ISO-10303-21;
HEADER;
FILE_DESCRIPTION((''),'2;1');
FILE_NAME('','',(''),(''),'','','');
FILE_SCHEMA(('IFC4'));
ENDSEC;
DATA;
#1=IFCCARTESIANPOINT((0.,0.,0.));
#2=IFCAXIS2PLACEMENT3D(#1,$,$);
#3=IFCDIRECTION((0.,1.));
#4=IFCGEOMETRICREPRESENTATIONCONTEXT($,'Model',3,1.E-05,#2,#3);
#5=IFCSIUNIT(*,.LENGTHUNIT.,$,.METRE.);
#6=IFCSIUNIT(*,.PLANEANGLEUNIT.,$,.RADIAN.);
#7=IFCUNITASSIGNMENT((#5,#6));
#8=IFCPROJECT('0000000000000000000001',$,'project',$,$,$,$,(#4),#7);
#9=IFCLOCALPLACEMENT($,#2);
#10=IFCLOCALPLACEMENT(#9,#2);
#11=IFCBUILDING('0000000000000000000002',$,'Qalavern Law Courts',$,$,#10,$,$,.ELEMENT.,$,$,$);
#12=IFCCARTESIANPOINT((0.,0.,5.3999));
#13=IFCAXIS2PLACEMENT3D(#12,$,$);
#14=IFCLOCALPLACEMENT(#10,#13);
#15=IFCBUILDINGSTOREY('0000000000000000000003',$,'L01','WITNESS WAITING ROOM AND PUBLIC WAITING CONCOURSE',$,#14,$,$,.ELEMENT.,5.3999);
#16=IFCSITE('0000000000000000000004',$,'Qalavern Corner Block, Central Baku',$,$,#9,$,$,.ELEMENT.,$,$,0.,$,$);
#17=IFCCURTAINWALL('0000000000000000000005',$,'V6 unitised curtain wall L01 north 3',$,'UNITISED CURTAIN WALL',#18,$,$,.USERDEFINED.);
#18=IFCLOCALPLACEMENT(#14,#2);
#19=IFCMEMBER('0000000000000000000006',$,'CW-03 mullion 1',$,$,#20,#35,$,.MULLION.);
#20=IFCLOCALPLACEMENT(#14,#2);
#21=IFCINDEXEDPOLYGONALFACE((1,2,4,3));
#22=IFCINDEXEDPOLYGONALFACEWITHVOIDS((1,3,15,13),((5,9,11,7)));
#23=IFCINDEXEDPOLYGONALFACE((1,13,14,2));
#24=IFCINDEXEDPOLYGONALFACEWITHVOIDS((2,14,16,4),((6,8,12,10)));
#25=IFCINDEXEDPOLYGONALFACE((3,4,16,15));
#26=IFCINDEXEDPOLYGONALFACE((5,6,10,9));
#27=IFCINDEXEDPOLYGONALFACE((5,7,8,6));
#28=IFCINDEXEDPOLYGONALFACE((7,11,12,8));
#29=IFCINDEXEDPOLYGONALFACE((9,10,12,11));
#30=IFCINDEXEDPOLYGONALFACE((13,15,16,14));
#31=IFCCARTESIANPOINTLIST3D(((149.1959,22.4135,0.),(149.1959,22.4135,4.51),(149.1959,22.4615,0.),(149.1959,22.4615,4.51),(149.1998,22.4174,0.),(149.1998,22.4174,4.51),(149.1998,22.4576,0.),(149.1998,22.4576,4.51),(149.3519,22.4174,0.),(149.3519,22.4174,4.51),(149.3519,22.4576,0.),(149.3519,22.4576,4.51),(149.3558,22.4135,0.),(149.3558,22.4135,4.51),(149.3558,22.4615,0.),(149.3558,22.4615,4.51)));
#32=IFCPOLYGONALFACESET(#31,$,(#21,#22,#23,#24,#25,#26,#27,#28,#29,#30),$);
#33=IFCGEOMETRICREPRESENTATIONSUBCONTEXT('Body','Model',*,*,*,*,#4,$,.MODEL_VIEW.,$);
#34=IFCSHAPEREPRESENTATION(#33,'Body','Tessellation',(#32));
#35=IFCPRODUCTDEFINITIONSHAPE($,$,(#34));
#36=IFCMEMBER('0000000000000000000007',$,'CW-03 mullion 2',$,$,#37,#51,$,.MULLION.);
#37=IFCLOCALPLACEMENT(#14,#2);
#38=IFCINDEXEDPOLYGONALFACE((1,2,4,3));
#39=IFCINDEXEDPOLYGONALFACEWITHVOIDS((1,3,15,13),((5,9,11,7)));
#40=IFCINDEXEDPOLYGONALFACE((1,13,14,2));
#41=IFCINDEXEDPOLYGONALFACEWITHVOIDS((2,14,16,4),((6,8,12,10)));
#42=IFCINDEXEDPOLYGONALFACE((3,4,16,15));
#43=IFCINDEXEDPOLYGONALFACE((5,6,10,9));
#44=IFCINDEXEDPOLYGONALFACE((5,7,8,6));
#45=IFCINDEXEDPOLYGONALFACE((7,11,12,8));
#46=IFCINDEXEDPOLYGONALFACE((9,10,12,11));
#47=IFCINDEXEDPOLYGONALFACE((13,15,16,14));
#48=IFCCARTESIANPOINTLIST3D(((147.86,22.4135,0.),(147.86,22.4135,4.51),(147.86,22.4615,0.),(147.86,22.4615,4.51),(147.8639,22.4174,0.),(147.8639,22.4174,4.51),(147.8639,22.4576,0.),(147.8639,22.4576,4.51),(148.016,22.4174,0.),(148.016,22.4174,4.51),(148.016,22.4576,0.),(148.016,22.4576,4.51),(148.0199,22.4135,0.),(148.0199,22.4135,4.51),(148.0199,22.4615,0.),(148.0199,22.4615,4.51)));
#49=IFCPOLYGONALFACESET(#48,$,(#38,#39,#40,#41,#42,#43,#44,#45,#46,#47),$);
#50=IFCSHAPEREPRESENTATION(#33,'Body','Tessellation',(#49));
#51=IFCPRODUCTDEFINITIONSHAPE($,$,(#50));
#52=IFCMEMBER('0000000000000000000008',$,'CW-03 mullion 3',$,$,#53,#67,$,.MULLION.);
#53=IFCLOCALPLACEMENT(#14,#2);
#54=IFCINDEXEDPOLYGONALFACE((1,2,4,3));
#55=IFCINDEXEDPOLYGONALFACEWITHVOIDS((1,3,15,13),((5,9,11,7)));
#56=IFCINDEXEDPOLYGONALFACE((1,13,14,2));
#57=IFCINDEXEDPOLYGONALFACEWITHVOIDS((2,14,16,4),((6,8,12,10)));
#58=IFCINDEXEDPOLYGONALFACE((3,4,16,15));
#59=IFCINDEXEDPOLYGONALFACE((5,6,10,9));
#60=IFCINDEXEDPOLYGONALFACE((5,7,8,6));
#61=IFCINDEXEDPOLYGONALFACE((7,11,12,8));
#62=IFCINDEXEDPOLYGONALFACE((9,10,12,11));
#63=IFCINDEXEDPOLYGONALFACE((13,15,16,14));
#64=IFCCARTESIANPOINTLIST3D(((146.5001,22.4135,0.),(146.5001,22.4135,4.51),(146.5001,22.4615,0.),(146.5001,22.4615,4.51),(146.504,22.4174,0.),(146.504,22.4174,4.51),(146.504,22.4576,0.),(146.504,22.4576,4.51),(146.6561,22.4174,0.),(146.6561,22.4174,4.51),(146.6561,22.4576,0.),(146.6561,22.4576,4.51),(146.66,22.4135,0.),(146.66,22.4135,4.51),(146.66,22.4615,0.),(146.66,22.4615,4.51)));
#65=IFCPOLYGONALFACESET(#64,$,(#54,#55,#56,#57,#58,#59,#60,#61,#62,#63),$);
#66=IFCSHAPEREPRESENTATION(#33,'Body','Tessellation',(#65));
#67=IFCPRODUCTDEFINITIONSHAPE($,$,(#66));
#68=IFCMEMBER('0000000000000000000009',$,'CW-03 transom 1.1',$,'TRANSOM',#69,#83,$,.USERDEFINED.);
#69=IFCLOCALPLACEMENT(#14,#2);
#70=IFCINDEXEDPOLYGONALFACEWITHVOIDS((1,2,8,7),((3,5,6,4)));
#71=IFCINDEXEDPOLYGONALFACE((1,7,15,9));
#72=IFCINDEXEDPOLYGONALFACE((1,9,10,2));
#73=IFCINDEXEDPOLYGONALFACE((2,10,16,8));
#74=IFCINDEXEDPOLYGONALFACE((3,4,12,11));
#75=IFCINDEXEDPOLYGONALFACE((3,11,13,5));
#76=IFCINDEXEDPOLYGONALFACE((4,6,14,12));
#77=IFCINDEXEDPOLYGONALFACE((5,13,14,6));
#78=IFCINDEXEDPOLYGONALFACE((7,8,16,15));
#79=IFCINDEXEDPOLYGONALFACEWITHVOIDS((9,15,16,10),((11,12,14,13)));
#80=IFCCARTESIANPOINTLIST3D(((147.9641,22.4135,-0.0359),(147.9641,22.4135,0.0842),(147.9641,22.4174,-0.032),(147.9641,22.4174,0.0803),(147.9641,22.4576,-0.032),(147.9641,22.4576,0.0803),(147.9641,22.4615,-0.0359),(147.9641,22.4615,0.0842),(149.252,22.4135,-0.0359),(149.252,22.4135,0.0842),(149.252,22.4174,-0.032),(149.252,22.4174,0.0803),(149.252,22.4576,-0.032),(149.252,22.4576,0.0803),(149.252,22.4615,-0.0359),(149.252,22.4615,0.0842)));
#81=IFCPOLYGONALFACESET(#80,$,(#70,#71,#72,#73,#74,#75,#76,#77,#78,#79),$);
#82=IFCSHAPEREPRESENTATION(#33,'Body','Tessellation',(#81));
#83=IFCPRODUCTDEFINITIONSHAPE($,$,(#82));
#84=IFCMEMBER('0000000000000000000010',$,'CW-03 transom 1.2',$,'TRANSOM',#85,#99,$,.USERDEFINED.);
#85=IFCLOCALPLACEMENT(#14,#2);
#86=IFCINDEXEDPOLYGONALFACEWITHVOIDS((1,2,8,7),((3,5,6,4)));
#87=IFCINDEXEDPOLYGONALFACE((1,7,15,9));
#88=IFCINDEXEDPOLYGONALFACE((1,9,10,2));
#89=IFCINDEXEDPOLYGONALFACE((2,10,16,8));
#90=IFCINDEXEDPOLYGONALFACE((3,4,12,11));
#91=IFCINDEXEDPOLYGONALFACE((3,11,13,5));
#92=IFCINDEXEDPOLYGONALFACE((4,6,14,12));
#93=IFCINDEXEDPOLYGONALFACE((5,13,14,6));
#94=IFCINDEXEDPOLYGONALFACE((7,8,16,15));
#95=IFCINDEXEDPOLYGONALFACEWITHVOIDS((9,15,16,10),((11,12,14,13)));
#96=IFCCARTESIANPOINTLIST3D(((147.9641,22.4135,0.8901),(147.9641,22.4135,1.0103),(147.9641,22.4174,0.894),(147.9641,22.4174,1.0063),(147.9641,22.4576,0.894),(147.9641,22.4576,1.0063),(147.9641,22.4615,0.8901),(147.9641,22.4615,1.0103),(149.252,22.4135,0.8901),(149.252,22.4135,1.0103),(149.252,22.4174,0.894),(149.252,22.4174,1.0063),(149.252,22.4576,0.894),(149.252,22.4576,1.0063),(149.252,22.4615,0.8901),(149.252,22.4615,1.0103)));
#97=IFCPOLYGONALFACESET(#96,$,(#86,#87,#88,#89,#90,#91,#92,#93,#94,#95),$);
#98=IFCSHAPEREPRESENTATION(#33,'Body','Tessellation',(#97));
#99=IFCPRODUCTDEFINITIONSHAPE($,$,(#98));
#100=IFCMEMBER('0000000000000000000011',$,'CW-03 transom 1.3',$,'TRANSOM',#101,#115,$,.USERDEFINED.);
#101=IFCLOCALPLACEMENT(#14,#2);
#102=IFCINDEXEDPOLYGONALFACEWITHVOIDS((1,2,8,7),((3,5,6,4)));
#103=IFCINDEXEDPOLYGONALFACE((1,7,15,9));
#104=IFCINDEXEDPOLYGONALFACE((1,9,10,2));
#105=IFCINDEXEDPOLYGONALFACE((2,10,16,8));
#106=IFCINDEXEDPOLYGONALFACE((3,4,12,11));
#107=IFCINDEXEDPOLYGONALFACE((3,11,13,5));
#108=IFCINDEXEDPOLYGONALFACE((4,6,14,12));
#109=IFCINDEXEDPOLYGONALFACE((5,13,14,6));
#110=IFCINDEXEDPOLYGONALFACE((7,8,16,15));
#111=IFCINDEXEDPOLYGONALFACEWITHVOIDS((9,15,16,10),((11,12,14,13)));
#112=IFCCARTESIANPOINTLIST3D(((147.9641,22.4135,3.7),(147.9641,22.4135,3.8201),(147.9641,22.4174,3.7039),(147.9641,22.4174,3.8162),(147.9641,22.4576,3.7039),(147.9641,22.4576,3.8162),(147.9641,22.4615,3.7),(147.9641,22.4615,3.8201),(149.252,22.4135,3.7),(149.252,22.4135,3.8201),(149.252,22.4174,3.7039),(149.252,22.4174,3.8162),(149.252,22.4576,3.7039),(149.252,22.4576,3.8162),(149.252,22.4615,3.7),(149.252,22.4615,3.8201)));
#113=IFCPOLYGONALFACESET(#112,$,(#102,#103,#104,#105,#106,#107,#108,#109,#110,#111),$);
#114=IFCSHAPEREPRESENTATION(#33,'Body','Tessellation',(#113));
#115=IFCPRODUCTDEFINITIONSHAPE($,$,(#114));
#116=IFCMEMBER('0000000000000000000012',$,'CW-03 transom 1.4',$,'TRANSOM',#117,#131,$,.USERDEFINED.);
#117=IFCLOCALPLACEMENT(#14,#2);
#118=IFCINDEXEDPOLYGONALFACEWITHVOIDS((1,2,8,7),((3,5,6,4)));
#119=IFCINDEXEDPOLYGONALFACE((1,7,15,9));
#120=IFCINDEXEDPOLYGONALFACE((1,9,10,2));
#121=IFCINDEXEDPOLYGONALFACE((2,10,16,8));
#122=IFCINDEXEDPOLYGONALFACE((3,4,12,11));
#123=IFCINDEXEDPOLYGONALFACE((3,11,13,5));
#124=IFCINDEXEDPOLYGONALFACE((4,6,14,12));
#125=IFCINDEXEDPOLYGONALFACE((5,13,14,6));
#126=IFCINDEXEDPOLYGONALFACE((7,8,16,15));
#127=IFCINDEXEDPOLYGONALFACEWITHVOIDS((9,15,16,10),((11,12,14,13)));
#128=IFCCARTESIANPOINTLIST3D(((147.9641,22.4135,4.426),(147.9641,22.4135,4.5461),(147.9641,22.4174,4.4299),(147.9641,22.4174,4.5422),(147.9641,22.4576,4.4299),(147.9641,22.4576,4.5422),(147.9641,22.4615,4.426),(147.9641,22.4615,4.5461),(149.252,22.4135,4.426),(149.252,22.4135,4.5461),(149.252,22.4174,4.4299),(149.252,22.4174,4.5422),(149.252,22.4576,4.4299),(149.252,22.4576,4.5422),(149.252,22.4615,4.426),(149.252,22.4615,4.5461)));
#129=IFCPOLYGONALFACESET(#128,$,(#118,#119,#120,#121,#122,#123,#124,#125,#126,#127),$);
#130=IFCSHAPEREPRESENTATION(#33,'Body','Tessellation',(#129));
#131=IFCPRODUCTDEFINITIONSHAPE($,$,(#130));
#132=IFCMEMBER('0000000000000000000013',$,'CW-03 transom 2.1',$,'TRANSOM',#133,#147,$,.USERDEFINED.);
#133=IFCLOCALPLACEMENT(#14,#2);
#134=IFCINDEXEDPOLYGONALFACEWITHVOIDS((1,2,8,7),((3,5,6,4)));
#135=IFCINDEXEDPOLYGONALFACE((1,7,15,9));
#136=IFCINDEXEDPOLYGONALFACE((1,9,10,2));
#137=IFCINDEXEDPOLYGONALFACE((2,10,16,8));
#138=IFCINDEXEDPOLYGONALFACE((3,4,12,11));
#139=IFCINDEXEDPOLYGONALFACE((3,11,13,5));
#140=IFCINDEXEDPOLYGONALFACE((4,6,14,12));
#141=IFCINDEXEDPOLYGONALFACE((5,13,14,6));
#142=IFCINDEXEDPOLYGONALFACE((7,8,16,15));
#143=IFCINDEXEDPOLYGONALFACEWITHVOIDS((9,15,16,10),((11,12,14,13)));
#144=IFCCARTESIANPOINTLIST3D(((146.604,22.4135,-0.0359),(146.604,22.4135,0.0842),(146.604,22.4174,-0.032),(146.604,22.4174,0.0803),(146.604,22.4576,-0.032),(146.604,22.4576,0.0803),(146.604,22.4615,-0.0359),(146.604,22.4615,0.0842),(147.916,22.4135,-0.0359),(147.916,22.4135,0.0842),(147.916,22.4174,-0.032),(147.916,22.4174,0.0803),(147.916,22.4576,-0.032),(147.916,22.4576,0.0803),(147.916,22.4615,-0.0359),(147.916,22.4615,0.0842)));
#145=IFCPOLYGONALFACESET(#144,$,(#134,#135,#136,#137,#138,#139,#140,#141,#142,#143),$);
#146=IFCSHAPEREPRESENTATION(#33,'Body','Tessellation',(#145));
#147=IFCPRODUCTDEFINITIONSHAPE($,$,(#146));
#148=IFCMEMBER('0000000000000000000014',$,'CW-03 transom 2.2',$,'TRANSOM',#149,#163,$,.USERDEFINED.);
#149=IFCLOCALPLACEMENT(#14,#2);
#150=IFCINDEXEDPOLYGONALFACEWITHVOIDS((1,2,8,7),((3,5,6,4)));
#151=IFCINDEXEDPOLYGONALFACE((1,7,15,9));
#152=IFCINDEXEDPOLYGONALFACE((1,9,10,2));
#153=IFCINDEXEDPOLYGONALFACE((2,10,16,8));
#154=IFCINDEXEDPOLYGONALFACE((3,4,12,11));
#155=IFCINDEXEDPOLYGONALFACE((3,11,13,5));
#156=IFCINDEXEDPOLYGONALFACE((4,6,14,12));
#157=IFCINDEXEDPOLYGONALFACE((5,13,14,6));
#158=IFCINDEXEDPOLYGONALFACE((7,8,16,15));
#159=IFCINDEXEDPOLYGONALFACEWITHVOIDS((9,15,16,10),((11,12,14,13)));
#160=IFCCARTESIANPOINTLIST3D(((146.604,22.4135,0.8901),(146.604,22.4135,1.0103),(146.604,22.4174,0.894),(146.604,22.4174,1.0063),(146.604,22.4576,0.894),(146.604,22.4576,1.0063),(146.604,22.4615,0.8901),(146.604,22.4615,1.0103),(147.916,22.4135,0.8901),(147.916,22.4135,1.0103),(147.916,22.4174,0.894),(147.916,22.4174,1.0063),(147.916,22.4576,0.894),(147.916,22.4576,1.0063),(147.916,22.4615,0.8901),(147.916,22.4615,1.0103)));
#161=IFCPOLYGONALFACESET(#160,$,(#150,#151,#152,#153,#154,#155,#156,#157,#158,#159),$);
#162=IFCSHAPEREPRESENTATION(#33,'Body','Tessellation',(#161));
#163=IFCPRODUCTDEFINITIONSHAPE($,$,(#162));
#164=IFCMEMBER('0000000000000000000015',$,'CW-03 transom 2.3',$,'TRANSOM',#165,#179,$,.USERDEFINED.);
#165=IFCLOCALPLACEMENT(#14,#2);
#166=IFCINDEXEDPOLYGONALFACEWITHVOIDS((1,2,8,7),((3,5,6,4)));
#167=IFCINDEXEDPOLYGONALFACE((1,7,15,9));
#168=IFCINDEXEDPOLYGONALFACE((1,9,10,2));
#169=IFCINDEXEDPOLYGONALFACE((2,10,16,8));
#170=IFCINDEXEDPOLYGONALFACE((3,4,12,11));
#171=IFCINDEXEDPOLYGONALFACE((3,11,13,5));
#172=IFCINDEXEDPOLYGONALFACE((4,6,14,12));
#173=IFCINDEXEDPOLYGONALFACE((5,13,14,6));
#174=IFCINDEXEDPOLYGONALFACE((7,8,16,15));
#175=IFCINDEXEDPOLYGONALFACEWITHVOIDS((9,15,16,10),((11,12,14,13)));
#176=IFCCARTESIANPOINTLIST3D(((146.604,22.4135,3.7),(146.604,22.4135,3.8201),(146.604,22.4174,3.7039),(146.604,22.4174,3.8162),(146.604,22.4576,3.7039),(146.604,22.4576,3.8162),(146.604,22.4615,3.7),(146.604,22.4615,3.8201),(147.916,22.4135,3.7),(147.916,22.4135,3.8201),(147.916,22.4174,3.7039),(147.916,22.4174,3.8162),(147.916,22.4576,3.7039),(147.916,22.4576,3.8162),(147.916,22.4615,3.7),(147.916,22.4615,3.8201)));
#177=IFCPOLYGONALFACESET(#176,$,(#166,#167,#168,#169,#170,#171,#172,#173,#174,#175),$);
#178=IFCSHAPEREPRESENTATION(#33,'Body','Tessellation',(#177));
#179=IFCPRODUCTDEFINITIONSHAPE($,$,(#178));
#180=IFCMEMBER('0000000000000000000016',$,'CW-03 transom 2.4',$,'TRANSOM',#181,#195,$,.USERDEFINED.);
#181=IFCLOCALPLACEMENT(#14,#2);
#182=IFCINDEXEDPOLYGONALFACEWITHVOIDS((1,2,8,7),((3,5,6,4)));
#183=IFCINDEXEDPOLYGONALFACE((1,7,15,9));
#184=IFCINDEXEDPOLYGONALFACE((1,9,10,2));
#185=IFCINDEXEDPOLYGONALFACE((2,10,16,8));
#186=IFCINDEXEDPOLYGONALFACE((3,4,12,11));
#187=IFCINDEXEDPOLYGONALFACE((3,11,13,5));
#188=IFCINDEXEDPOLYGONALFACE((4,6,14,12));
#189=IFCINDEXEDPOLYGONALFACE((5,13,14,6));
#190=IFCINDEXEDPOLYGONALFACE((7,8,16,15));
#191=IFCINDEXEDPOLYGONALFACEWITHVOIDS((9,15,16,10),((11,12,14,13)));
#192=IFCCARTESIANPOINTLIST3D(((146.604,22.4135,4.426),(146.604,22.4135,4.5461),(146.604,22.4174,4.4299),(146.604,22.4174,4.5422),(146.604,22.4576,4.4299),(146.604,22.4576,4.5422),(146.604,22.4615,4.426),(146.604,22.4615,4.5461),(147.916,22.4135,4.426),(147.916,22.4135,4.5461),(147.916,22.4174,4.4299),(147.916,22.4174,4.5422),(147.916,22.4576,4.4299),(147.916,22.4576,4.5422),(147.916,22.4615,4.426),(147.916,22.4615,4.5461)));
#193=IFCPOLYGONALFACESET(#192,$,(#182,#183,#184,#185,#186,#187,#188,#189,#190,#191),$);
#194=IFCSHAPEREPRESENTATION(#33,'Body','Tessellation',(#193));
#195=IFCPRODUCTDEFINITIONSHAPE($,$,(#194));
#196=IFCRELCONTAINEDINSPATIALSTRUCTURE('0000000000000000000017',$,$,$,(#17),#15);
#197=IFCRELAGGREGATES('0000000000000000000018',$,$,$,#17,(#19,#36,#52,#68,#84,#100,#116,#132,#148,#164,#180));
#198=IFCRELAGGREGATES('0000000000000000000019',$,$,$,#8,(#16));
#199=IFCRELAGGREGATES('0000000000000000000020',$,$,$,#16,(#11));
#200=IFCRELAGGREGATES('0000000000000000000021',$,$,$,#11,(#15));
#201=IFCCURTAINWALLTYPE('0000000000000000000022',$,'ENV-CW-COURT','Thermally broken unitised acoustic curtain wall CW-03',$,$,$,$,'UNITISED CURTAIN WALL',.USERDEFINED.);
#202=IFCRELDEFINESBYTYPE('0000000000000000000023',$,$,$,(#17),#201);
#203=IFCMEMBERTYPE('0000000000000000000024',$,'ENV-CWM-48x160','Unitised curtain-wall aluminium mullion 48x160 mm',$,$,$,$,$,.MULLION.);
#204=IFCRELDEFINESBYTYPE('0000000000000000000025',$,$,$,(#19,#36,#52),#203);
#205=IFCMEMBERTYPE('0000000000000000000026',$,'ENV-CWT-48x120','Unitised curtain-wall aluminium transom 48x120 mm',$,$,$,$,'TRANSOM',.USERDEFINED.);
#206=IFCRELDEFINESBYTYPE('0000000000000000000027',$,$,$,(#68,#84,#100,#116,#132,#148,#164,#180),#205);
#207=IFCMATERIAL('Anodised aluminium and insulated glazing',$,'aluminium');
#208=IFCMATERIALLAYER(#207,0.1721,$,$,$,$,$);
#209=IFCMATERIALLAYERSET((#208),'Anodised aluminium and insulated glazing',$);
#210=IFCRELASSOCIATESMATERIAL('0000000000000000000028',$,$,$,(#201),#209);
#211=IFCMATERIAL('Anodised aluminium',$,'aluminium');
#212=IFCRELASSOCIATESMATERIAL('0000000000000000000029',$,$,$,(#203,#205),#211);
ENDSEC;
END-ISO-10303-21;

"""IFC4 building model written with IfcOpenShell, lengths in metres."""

from ifc_helpers import new_model, si_unit, direction, frame, origin, origin_2d, place, context, subcontext, project, spatial, hollow_rectangle, extrude, material, layer, layer_set, material_profile, profile_set, type_object, element, aggregate, save


model = new_model("IFC4")

# Units and contexts
model_context = context("Model", 3, precision=1e-05, world=origin(), true_north=direction((0.0, 1.0)))
body_context = subcontext(model_context, "Body", "Model", "MODEL_VIEW")
ifc_project = project(units=[si_unit("LENGTHUNIT", "METRE"), si_unit("PLANEANGLEUNIT", "RADIAN")], contexts=[model_context])

# Site, building, storey
site_placement = place(None, origin())
site = spatial("IfcSite", under=ifc_project, at=site_placement, Name="Qalavern Corner Block, Central Baku", CompositionType="ELEMENT", RefElevation=0.0)
building_placement = place(site_placement, origin())
building = spatial("IfcBuilding", under=site, at=building_placement, Name="Qalavern Law Courts", CompositionType="ELEMENT")
storey_placement = place(building_placement, frame((0.0, 0.0, 5.3999)))
storey = spatial("IfcBuildingStorey", under=building, at=storey_placement, Name="L01", Description="WITNESS WAITING ROOM AND PUBLIC WAITING CONCOURSE", CompositionType="ELEMENT", Elevation=5.3999)

# Curtain wall, members
ifc_material_1 = material(Name="Anodised aluminium and insulated glazing", Category="aluminium")
ifc_layer_1 = layer(ifc_material_1, 0.1721)
ifc_layer_set_1 = layer_set([ifc_layer_1], Name="Anodised aluminium and insulated glazing")
curtain_wall_type = type_object("IfcCurtainWallType", Name="ENV-CW-COURT", Description="Thermally broken unitised acoustic curtain wall CW-03", ElementType="UNITISED CURTAIN WALL", PredefinedType="USERDEFINED", material=ifc_layer_set_1)
curtain_wall_placement = place(storey_placement, origin())
curtain_wall = element("IfcCurtainWall", 1, at=curtain_wall_placement, inside=storey, type_object=curtain_wall_type, Name="V6 unitised curtain wall L01 north 3", ObjectType="UNITISED CURTAIN WALL", PredefinedType="USERDEFINED")
ifc_material_2 = material(Name="Anodised aluminium", Category="aluminium")
ifc_material_profile_1 = material_profile(ifc_material_2, hollow_rectangle(XDim=0.0481, YDim=0.1599, WallThickness=0.0039, at=origin_2d()), Name="ALU MULLION 48x160")
ifc_profile_set_1 = profile_set([ifc_material_profile_1], Name="Anodised aluminium")
member_type_1 = type_object("IfcMemberType", Name="ENV-CWM-48x160", Description="Unitised curtain-wall aluminium mullion 48x160 mm", PredefinedType="MULLION", material=ifc_profile_set_1)
member_1_placement = place(storey_placement, frame((149.2759, 22.4375, 0.0), z_axis=(0.0, 0.0, 1.0), x_axis=(0.0, -1.0, 0.0)))
member_1 = element("IfcMember", 2, at=member_1_placement, type_object=member_type_1, Name="CW-03 mullion 1", PredefinedType="MULLION", context=body_context, shape_type="SweptSolid", body=[
    extrude(hollow_rectangle(XDim=0.0481, YDim=0.1599, WallThickness=0.0039, at=origin_2d()), origin(), (0.0, 0.0, 1.0), 4.51),
])
member_2_placement = place(storey_placement, frame((147.9399, 22.4375, 0.0), z_axis=(0.0, 0.0, 1.0), x_axis=(0.0, -1.0, 0.0)))
member_2 = element("IfcMember", 3, at=member_2_placement, type_object=member_type_1, Name="CW-03 mullion 2", PredefinedType="MULLION", context=body_context, shape_type="SweptSolid", body=[
    extrude(hollow_rectangle(XDim=0.0481, YDim=0.1599, WallThickness=0.0039, at=origin_2d()), origin(), (0.0, 0.0, 1.0), 4.51),
])
member_3_placement = place(storey_placement, frame((146.5801, 22.4375, 0.0), z_axis=(0.0, 0.0, 1.0), x_axis=(0.0, -1.0, 0.0)))
member_3 = element("IfcMember", 4, at=member_3_placement, type_object=member_type_1, Name="CW-03 mullion 3", PredefinedType="MULLION", context=body_context, shape_type="SweptSolid", body=[
    extrude(hollow_rectangle(XDim=0.0481, YDim=0.1599, WallThickness=0.0039, at=origin_2d()), origin(), (0.0, 0.0, 1.0), 4.51),
])
ifc_material_profile_2 = material_profile(ifc_material_2, hollow_rectangle(XDim=0.0481, YDim=0.1201, WallThickness=0.0039, at=origin_2d()), Name="ALU TRANSOM 48x120")
ifc_profile_set_2 = profile_set([ifc_material_profile_2], Name="Anodised aluminium")
member_type_2 = type_object("IfcMemberType", Name="ENV-CWT-48x120", Description="Unitised curtain-wall aluminium transom 48x120 mm", ElementType="TRANSOM", PredefinedType="USERDEFINED", material=ifc_profile_set_2)
member_4_placement = place(storey_placement, frame((149.252, 22.4375, 0.0242), z_axis=(-1.0, 0.0, 0.0), x_axis=(0.0, -1.0, 0.0)))
member_4 = element("IfcMember", 5, at=member_4_placement, type_object=member_type_2, Name="CW-03 transom 1.1", ObjectType="TRANSOM", PredefinedType="USERDEFINED", context=body_context, shape_type="SweptSolid", body=[
    extrude(hollow_rectangle(XDim=0.0481, YDim=0.1201, WallThickness=0.0039, at=origin_2d()), origin(), (0.0, 0.0, 1.0), 1.2878),
])
member_5_placement = place(storey_placement, frame((149.252, 22.4375, 0.9502), z_axis=(-1.0, 0.0, 0.0), x_axis=(0.0, -1.0, 0.0)))
member_5 = element("IfcMember", 6, at=member_5_placement, type_object=member_type_2, Name="CW-03 transom 1.2", ObjectType="TRANSOM", PredefinedType="USERDEFINED", context=body_context, shape_type="SweptSolid", body=[
    extrude(hollow_rectangle(XDim=0.0481, YDim=0.1201, WallThickness=0.0039, at=origin_2d()), origin(), (0.0, 0.0, 1.0), 1.2878),
])
member_6_placement = place(storey_placement, frame((149.252, 22.4375, 3.76), z_axis=(-1.0, 0.0, 0.0), x_axis=(0.0, -1.0, 0.0)))
member_6 = element("IfcMember", 7, at=member_6_placement, type_object=member_type_2, Name="CW-03 transom 1.3", ObjectType="TRANSOM", PredefinedType="USERDEFINED", context=body_context, shape_type="SweptSolid", body=[
    extrude(hollow_rectangle(XDim=0.0481, YDim=0.1201, WallThickness=0.0039, at=origin_2d()), origin(), (0.0, 0.0, 1.0), 1.2878),
])
member_7_placement = place(storey_placement, frame((149.252, 22.4375, 4.4861), z_axis=(-1.0, 0.0, 0.0), x_axis=(0.0, -1.0, 0.0)))
member_7 = element("IfcMember", 8, at=member_7_placement, type_object=member_type_2, Name="CW-03 transom 1.4", ObjectType="TRANSOM", PredefinedType="USERDEFINED", context=body_context, shape_type="SweptSolid", body=[
    extrude(hollow_rectangle(XDim=0.0481, YDim=0.1201, WallThickness=0.0039, at=origin_2d()), origin(), (0.0, 0.0, 1.0), 1.2878),
])
member_8_placement = place(storey_placement, frame((147.916, 22.4375, 0.0242), z_axis=(-1.0, 0.0, 0.0), x_axis=(0.0, -1.0, 0.0)))
member_8 = element("IfcMember", 9, at=member_8_placement, type_object=member_type_2, Name="CW-03 transom 2.1", ObjectType="TRANSOM", PredefinedType="USERDEFINED", context=body_context, shape_type="SweptSolid", body=[
    extrude(hollow_rectangle(XDim=0.0481, YDim=0.1201, WallThickness=0.0039, at=origin_2d()), origin(), (0.0, 0.0, 1.0), 1.312),
])
member_9_placement = place(storey_placement, frame((147.916, 22.4375, 0.9502), z_axis=(-1.0, 0.0, 0.0), x_axis=(0.0, -1.0, 0.0)))
member_9 = element("IfcMember", 10, at=member_9_placement, type_object=member_type_2, Name="CW-03 transom 2.2", ObjectType="TRANSOM", PredefinedType="USERDEFINED", context=body_context, shape_type="SweptSolid", body=[
    extrude(hollow_rectangle(XDim=0.0481, YDim=0.1201, WallThickness=0.0039, at=origin_2d()), origin(), (0.0, 0.0, 1.0), 1.312),
])
member_10_placement = place(storey_placement, frame((147.916, 22.4375, 3.76), z_axis=(-1.0, 0.0, 0.0), x_axis=(0.0, -1.0, 0.0)))
member_10 = element("IfcMember", 11, at=member_10_placement, type_object=member_type_2, Name="CW-03 transom 2.3", ObjectType="TRANSOM", PredefinedType="USERDEFINED", context=body_context, shape_type="SweptSolid", body=[
    extrude(hollow_rectangle(XDim=0.0481, YDim=0.1201, WallThickness=0.0039, at=origin_2d()), origin(), (0.0, 0.0, 1.0), 1.312),
])
member_11_placement = place(storey_placement, frame((147.916, 22.4375, 4.4861), z_axis=(-1.0, 0.0, 0.0), x_axis=(0.0, -1.0, 0.0)))
member_11 = element("IfcMember", 12, at=member_11_placement, type_object=member_type_2, Name="CW-03 transom 2.4", ObjectType="TRANSOM", PredefinedType="USERDEFINED", context=body_context, shape_type="SweptSolid", body=[
    extrude(hollow_rectangle(XDim=0.0481, YDim=0.1201, WallThickness=0.0039, at=origin_2d()), origin(), (0.0, 0.0, 1.0), 1.312),
])
aggregate(curtain_wall, [member_1, member_2, member_3, member_4, member_5, member_6, member_7, member_8, member_9, member_10, member_11])

save(model, "model.ifc")
